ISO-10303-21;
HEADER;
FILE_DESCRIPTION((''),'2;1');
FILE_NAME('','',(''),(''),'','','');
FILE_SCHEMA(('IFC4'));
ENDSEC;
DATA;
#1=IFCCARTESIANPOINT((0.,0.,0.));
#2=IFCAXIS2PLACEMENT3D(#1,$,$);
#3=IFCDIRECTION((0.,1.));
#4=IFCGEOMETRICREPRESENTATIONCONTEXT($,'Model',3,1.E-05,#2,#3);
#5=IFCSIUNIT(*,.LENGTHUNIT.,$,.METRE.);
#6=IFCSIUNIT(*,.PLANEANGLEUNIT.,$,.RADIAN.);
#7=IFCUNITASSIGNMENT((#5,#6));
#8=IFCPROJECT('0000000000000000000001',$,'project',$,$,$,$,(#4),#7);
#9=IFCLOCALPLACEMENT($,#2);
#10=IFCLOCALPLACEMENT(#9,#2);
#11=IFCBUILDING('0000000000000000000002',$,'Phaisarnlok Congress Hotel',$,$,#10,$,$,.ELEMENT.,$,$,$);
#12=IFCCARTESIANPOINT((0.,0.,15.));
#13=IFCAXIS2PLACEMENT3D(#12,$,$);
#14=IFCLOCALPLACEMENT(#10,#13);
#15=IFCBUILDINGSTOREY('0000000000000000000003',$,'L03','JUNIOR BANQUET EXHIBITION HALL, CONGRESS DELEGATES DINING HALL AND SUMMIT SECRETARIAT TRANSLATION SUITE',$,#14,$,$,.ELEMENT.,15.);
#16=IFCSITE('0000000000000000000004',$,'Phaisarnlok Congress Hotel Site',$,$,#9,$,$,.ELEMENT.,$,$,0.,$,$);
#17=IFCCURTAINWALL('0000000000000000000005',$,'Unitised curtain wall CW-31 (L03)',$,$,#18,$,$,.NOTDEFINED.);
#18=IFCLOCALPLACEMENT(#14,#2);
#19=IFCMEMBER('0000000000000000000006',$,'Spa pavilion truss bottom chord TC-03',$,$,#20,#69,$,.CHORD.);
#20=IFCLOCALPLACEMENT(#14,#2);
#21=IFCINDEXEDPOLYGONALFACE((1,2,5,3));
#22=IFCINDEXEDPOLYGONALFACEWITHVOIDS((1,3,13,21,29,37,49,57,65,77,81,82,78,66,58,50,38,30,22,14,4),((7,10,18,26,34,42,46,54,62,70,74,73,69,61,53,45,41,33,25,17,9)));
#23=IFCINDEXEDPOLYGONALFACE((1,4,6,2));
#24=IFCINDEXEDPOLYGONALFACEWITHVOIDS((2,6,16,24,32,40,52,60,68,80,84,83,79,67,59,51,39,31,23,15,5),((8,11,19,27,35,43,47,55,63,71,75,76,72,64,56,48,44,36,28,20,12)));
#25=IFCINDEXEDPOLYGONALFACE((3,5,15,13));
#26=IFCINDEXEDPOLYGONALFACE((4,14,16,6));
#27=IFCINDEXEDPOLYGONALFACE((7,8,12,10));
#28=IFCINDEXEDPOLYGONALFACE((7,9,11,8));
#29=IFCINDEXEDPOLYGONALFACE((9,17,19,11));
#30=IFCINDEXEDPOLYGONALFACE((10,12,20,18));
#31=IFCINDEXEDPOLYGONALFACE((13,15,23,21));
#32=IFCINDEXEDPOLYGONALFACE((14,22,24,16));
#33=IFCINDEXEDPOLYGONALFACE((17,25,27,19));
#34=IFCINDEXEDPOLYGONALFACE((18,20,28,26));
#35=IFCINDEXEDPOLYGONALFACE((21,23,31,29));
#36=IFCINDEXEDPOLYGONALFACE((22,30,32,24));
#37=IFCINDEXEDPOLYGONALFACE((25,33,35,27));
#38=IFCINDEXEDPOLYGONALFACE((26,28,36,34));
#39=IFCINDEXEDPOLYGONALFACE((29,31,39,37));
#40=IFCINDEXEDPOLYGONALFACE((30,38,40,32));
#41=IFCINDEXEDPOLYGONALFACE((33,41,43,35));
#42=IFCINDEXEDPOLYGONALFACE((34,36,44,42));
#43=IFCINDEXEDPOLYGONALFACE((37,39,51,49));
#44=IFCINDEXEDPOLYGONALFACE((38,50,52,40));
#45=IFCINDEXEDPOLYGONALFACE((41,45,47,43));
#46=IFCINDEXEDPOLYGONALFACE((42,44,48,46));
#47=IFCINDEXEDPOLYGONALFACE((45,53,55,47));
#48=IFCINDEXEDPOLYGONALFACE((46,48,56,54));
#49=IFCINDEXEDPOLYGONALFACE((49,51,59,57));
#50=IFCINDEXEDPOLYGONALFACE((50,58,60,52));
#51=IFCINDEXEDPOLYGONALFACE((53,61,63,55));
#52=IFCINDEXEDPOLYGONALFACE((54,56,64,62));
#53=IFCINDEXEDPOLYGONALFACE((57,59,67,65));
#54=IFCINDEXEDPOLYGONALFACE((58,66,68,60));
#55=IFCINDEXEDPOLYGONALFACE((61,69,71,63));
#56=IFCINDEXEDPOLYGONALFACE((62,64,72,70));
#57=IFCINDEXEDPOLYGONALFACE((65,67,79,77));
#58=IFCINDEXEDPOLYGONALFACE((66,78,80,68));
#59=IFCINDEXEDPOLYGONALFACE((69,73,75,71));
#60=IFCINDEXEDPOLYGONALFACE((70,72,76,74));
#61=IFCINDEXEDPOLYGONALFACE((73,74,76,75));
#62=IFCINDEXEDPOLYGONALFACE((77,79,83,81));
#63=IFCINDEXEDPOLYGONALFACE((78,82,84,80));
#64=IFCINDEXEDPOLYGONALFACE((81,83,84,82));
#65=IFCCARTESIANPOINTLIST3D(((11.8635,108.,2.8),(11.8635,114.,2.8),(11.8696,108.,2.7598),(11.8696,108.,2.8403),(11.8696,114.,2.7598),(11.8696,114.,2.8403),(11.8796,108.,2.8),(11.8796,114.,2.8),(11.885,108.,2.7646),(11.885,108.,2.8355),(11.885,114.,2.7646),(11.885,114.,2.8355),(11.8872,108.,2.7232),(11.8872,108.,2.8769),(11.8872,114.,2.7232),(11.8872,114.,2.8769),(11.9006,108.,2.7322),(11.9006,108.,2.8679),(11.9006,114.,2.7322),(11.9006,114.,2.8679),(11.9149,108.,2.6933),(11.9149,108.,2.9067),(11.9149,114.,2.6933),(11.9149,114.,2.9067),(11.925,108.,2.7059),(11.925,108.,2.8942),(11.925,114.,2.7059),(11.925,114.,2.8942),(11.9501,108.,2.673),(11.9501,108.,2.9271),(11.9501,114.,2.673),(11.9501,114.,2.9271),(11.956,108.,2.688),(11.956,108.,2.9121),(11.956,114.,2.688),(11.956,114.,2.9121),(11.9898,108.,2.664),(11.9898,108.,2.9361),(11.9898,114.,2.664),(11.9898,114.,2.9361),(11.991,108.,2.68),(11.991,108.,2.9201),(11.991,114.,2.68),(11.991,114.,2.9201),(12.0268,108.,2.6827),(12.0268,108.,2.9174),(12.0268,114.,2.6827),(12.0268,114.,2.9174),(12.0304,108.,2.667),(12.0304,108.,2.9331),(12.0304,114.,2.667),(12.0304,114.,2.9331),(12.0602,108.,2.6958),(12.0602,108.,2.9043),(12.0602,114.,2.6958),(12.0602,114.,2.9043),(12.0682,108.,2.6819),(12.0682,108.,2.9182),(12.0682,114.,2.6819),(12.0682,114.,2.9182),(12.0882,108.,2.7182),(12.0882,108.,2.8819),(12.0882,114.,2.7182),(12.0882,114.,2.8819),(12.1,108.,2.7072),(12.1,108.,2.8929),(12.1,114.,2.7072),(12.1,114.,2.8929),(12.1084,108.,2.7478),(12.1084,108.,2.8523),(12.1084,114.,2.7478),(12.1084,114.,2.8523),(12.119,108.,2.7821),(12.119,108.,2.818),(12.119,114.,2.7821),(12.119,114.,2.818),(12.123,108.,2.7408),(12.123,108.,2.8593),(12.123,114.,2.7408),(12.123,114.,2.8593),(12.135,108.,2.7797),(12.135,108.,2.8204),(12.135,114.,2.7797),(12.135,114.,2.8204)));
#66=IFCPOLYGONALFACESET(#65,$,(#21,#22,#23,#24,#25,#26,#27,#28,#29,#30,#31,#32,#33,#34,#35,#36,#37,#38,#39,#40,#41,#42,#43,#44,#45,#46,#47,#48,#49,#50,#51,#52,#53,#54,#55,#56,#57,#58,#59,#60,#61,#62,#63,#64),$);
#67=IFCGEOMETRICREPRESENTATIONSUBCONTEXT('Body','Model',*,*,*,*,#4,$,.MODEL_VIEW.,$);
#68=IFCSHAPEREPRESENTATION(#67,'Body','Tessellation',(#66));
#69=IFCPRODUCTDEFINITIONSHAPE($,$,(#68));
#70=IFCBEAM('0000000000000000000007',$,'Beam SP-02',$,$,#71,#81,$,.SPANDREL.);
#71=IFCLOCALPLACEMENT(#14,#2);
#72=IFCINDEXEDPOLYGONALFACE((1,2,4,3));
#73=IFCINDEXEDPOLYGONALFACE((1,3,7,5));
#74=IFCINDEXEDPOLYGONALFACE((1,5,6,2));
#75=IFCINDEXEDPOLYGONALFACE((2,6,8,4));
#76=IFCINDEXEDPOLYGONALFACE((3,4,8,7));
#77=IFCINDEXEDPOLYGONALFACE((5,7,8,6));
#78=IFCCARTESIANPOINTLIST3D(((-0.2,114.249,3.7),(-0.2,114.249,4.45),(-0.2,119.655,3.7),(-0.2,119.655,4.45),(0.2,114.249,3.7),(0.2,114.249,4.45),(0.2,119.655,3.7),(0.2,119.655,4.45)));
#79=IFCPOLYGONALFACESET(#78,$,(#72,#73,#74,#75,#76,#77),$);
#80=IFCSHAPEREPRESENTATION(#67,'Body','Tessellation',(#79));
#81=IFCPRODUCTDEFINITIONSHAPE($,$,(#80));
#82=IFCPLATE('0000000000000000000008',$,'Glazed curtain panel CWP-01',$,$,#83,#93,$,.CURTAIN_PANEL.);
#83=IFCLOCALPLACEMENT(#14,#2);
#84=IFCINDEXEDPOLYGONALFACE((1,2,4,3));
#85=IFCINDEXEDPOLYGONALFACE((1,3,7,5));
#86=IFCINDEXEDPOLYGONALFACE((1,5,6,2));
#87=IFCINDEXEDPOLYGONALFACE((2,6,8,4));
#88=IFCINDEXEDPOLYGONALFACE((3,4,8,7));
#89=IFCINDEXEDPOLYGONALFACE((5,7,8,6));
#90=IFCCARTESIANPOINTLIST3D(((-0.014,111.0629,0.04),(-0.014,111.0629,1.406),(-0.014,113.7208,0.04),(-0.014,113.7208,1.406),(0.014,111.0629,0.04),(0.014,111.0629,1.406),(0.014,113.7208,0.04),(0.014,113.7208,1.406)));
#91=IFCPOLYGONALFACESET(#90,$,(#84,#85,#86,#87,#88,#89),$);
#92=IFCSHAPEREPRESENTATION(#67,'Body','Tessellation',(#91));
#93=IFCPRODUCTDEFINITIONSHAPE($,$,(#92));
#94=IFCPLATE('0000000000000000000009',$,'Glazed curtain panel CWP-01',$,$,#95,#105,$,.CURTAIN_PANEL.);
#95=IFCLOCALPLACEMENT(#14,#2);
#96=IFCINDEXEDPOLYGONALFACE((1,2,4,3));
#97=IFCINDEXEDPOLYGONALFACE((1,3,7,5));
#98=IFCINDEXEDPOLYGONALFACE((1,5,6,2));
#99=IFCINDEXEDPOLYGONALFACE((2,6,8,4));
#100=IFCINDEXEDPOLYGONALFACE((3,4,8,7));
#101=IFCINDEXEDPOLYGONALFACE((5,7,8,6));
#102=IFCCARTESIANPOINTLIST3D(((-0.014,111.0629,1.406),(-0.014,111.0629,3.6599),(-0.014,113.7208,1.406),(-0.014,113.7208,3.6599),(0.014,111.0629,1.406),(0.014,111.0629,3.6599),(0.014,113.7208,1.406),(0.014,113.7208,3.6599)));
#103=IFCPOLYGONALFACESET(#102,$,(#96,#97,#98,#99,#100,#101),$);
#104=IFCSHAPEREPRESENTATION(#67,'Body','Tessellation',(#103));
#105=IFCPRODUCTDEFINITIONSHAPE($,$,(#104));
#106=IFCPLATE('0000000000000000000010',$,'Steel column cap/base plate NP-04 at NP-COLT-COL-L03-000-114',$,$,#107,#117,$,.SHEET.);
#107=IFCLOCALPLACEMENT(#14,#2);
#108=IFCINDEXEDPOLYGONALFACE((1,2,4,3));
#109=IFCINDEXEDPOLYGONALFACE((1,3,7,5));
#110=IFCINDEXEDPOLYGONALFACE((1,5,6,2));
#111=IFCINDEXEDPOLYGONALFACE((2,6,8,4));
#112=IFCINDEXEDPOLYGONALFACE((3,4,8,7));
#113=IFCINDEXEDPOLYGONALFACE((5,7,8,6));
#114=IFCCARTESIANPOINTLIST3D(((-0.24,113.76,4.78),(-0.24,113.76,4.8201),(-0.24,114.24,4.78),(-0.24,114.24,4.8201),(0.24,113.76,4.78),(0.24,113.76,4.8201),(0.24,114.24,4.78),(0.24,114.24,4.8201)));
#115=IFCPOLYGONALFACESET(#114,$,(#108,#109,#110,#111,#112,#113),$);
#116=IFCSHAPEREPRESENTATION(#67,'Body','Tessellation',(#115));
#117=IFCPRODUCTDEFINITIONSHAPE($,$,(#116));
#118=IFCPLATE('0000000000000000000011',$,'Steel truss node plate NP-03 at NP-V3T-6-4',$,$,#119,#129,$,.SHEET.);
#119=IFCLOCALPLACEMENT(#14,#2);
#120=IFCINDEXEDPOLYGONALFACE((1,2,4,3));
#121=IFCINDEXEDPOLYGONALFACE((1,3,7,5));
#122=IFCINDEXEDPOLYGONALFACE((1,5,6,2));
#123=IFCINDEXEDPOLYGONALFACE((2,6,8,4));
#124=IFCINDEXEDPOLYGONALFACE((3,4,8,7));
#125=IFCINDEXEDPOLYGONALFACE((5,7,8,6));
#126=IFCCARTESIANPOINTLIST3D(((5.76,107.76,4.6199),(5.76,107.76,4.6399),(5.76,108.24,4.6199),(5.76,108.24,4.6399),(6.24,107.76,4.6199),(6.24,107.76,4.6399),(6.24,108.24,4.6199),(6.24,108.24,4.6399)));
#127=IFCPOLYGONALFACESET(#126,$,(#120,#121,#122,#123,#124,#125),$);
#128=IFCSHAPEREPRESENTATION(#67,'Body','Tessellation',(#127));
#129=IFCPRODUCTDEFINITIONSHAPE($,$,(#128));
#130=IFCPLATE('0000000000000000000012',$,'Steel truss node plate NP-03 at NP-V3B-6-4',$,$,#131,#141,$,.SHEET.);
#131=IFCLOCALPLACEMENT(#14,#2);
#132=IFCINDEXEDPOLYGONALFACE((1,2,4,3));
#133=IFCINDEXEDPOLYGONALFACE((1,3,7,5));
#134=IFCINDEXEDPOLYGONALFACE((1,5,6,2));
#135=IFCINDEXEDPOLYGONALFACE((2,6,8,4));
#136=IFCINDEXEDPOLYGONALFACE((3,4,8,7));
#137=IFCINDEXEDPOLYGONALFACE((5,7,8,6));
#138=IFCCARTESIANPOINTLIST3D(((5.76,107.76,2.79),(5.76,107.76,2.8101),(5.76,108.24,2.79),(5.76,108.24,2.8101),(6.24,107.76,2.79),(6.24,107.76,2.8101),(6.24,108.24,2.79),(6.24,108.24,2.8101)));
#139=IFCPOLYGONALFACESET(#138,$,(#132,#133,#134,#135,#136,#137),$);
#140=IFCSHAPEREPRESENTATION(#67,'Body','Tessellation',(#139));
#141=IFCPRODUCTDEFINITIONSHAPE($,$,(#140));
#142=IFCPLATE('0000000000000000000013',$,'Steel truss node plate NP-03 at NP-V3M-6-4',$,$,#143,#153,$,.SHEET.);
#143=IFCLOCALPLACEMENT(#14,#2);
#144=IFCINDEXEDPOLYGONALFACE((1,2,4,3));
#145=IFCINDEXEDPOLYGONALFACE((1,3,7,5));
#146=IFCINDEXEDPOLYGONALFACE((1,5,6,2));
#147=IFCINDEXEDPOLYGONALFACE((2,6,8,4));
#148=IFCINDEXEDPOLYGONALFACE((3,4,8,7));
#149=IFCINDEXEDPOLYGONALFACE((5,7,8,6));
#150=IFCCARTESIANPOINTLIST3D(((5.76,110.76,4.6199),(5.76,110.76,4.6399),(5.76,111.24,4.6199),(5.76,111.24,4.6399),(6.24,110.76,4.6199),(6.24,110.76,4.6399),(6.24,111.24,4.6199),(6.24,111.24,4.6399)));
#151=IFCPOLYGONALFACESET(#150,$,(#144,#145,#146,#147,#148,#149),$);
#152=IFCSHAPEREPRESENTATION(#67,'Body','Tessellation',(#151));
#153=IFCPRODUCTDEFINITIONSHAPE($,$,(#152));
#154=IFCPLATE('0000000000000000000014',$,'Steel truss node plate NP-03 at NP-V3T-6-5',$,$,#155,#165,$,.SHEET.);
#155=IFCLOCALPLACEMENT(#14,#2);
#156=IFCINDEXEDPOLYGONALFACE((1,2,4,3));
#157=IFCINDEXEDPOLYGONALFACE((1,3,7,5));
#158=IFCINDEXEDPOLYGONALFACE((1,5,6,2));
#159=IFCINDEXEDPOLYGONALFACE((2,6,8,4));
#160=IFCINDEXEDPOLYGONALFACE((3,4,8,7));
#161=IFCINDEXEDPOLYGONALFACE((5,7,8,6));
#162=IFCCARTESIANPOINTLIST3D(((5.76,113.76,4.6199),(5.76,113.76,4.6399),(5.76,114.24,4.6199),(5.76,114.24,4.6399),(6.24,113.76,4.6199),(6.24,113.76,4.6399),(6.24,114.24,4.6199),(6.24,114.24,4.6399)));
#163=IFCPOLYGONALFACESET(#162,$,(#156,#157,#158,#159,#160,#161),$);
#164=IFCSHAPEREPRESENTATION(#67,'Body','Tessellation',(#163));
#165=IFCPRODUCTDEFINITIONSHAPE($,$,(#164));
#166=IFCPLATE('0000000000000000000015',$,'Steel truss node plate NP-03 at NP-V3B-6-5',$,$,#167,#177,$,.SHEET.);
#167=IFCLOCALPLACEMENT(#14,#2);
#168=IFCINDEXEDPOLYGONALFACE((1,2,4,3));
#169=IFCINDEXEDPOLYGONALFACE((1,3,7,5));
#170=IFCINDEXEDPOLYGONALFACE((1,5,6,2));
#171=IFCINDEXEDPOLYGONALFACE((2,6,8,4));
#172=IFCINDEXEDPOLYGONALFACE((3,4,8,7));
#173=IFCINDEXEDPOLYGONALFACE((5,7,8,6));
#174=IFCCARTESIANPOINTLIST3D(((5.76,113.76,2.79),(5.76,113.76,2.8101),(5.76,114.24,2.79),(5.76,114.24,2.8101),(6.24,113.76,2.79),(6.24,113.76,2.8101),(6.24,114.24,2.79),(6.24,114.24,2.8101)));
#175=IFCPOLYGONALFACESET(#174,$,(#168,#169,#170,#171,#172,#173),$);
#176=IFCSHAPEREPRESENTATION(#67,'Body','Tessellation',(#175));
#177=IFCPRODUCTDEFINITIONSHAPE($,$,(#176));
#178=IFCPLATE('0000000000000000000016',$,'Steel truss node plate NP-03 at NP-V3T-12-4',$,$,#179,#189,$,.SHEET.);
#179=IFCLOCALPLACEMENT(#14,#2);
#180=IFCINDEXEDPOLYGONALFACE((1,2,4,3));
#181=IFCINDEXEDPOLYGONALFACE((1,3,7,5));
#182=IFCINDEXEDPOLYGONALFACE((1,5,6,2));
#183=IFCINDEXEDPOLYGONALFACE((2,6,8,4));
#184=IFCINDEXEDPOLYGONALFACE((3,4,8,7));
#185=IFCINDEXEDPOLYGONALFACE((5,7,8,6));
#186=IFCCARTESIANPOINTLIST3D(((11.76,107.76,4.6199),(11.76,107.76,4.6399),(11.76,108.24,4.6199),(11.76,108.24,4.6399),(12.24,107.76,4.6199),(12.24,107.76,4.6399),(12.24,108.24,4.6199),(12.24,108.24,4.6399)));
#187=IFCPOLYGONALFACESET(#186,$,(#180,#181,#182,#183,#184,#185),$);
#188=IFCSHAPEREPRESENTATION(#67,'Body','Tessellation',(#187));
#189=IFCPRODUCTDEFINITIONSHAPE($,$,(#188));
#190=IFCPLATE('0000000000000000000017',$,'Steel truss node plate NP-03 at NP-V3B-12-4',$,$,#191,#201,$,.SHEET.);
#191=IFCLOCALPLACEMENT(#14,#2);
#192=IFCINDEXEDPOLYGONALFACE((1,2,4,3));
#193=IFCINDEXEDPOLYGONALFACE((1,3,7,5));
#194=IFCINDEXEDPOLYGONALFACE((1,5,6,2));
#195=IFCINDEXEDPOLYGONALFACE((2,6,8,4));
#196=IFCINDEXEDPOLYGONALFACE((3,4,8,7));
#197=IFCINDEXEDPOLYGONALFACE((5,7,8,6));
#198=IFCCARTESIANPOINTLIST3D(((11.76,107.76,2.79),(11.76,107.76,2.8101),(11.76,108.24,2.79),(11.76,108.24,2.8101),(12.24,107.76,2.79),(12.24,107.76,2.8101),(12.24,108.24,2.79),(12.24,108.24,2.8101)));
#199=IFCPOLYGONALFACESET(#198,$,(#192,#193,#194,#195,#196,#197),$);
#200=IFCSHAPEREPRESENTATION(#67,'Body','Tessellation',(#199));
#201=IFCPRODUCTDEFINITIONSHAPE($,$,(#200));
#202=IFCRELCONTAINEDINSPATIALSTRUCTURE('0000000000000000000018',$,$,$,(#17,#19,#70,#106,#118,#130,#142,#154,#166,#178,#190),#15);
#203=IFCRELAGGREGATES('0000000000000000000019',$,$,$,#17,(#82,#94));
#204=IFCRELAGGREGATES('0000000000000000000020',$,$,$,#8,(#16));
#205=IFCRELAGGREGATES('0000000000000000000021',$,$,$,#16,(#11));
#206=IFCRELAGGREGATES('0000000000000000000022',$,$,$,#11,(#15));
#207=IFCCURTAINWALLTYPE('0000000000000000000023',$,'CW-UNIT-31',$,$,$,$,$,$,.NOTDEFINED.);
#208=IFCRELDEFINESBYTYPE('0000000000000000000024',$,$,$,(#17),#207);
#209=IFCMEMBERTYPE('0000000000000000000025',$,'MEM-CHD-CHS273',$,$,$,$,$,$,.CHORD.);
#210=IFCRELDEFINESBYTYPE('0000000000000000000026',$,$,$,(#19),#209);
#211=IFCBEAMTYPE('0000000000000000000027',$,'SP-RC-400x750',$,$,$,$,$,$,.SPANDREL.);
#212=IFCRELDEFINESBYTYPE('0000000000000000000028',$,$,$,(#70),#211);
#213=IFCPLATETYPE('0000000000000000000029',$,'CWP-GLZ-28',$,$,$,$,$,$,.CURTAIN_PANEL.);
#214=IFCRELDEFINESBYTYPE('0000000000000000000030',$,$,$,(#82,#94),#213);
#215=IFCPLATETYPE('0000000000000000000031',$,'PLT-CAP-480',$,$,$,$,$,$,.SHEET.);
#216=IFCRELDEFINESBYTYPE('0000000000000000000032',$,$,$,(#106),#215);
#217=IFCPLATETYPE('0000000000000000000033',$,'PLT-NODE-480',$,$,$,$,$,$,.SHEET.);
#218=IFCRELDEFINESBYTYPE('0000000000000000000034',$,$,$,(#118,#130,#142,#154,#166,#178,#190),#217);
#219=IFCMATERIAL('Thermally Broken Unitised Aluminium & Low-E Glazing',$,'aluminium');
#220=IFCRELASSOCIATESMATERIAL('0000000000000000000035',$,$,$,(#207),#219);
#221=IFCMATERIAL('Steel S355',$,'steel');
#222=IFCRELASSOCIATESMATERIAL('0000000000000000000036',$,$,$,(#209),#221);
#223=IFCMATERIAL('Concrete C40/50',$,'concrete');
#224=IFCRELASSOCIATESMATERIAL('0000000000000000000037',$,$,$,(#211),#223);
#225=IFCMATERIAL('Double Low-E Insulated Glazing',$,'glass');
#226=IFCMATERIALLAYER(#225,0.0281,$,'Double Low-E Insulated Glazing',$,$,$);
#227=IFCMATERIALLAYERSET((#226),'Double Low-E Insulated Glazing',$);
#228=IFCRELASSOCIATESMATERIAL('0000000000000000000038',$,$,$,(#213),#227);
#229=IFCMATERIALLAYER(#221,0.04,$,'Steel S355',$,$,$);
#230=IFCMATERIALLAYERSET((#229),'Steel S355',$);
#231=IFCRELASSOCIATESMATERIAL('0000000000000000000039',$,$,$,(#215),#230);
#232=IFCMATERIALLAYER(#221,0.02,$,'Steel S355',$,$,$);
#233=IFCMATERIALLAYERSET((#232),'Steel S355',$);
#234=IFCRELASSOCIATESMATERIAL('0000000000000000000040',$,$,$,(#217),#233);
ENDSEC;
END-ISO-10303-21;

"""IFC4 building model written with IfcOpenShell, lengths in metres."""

from ifc_helpers import new_model, si_unit, direction, frame, frame_2d, origin, origin_2d, place, context, subcontext, project, spatial, rectangle, hollow_circle, extrude, material, layer, layer_set, material_profile, profile_set, type_object, element, aggregate, save


model = new_model("IFC4")

# Units and contexts
model_context = context("Model", 3, precision=1e-05, world=origin(), true_north=direction((0.0, 1.0)))
body_context = subcontext(model_context, "Body", "Model", "MODEL_VIEW")
ifc_project = project(units=[si_unit("LENGTHUNIT", "METRE"), si_unit("PLANEANGLEUNIT", "RADIAN")], contexts=[model_context])

# Site, building, storey
site_placement = place(None, origin())
site = spatial("IfcSite", under=ifc_project, at=site_placement, Name="Phaisarnlok Congress Hotel Site", CompositionType="ELEMENT", RefElevation=0.0)
building_placement = place(site_placement, origin())
building = spatial("IfcBuilding", under=site, at=building_placement, Name="Phaisarnlok Congress Hotel", CompositionType="ELEMENT")
storey_placement = place(building_placement, frame((0.0, 0.0, 15.0)))
storey = spatial("IfcBuildingStorey", under=building, at=storey_placement, Name="L03", Description="JUNIOR BANQUET EXHIBITION HALL, CONGRESS DELEGATES DINING HALL AND SUMMIT SECRETARIAT TRANSLATION SUITE", CompositionType="ELEMENT", Elevation=15.0)

# Shared definitions
ifc_material_1 = material(Name="Steel S355", Category="steel")

# Curtain wall
ifc_material_2 = material(Name="Thermally Broken Unitised Aluminium & Low-E Glazing", Category="aluminium")
curtain_wall_type = type_object("IfcCurtainWallType", Name="CW-UNIT-31", PredefinedType="NOTDEFINED", material=ifc_material_2)
curtain_wall_placement = place(storey_placement, origin())
curtain_wall = element("IfcCurtainWall", 1, at=curtain_wall_placement, inside=storey, type_object=curtain_wall_type, Name="Unitised curtain wall CW-31 (L03)", PredefinedType="NOTDEFINED")

# Member
ifc_material_profile_1 = material_profile(ifc_material_1, hollow_circle(Radius=0.1365, WallThickness=0.0161, at=origin_2d()), Name="CHS 273x16")
ifc_profile_set_1 = profile_set([ifc_material_profile_1], Name="Steel S355")
member_type_1 = type_object("IfcMemberType", Name="MEM-CHD-CHS273", PredefinedType="CHORD", material=ifc_profile_set_1)
for number, where, z_axis, x_axis, name in (
    (2, (12.0, 108.0, 2.8), (0.0, 1.0, 0.0), (-1.0, 0.0, 0.0), "Spa pavilion truss bottom chord TC-03"),
):
    element("IfcMember", number, at=place(storey_placement, frame(where, z_axis=z_axis, x_axis=x_axis)), inside=storey, type_object=member_type_1, Name=name, PredefinedType="CHORD", context=body_context, shape_type="SweptSolid", body=[
        extrude(hollow_circle(Radius=0.1365, WallThickness=0.0161, at=origin_2d()), origin(), (0.0, 0.0, 1.0), 6.0),
    ])

# Beam
ifc_material_3 = material(Name="Concrete C40/50", Category="concrete")
ifc_material_profile_2 = material_profile(ifc_material_3, rectangle(XDim=0.3999, YDim=0.75, at=origin_2d()), Name="RC 400x750")
ifc_profile_set_2 = profile_set([ifc_material_profile_2], Name="Concrete C40/50")
beam_type = type_object("IfcBeamType", Name="SP-RC-400x750", PredefinedType="SPANDREL", material=ifc_profile_set_2)
beam_placement = place(storey_placement, frame((0.0, 114.249, 4.075), z_axis=(0.0, 1.0, 0.0), x_axis=(-1.0, 0.0, 0.0)))
element("IfcBeam", 3, at=beam_placement, inside=storey, type_object=beam_type, Name="Beam SP-02", PredefinedType="SPANDREL", context=body_context, shape_type="SweptSolid", body=[
    extrude(rectangle(XDim=0.3999, YDim=0.75, at=origin_2d()), origin(), (0.0, 0.0, 1.0), 5.406),
])

# Plates
ifc_material_4 = material(Name="Double Low-E Insulated Glazing", Category="glass")
ifc_layer_1 = layer(ifc_material_4, 0.0281, Name="Double Low-E Insulated Glazing")
ifc_layer_set_1 = layer_set([ifc_layer_1], Name="Double Low-E Insulated Glazing")
plate_type_1 = type_object("IfcPlateType", Name="CWP-GLZ-28", PredefinedType="CURTAIN_PANEL", material=ifc_layer_set_1)
plate_1_placement = place(storey_placement, frame((0.0, 113.7209, 0.04), z_axis=(0.0, 0.0, 1.0), x_axis=(0.0, -1.0, 0.0)))
plate_1 = element("IfcPlate", 4, at=plate_1_placement, type_object=plate_type_1, Name="Glazed curtain panel CWP-01", PredefinedType="CURTAIN_PANEL", context=body_context, shape_type="SweptSolid", body=[
    extrude(rectangle(XDim=2.658, YDim=0.0281, at=frame_2d((1.3291, 0.0))), origin(), (0.0, 0.0, 1.0), 1.366),
])
plate_2_placement = place(storey_placement, frame((0.0, 113.7209, 1.406), z_axis=(0.0, 0.0, 1.0), x_axis=(0.0, -1.0, 0.0)))
plate_2 = element("IfcPlate", 5, at=plate_2_placement, type_object=plate_type_1, Name="Glazed curtain panel CWP-01", PredefinedType="CURTAIN_PANEL", context=body_context, shape_type="SweptSolid", body=[
    extrude(rectangle(XDim=2.658, YDim=0.0281, at=frame_2d((1.3291, 0.0))), origin(), (0.0, 0.0, 1.0), 2.2539),
])
aggregate(curtain_wall, [plate_1, plate_2])

# Plates
ifc_layer_2 = layer(ifc_material_1, 0.04, Name="Steel S355")
ifc_layer_set_2 = layer_set([ifc_layer_2], Name="Steel S355")
plate_type_2 = type_object("IfcPlateType", Name="PLT-CAP-480", PredefinedType="SHEET", material=ifc_layer_set_2)
plate_3_placement = place(storey_placement, frame((0.0, 114.0, 4.78), z_axis=(0.0, 0.0, 1.0), x_axis=(1.0, 0.0, 0.0)))
element("IfcPlate", 6, at=plate_3_placement, inside=storey, type_object=plate_type_2, Name="Steel column cap/base plate NP-04 at NP-COLT-COL-L03-000-114", PredefinedType="SHEET", context=body_context, shape_type="SweptSolid", body=[
    extrude(rectangle(XDim=0.48, YDim=0.48, at=origin_2d()), origin(), (0.0, 0.0, 1.0), 0.04),
])
ifc_layer_3 = layer(ifc_material_1, 0.02, Name="Steel S355")
ifc_layer_set_3 = layer_set([ifc_layer_3], Name="Steel S355")
plate_type_3 = type_object("IfcPlateType", Name="PLT-NODE-480", PredefinedType="SHEET", material=ifc_layer_set_3)
for number, where, z_axis, x_axis, name in (
    (7, (6.0, 108.0, 4.6199), (0.0, 0.0, 1.0), (1.0, 0.0, 0.0), "Steel truss node plate NP-03 at NP-V3T-6-4"),
    (8, (6.0, 108.0, 2.79), (0.0, 0.0, 1.0), (1.0, 0.0, 0.0), "Steel truss node plate NP-03 at NP-V3B-6-4"),
    (9, (6.0, 111.0, 4.6199), (0.0, 0.0, 1.0), (1.0, 0.0, 0.0), "Steel truss node plate NP-03 at NP-V3M-6-4"),
    (10, (6.0, 114.0, 4.6199), (0.0, 0.0, 1.0), (1.0, 0.0, 0.0), "Steel truss node plate NP-03 at NP-V3T-6-5"),
    (11, (6.0, 114.0, 2.79), (0.0, 0.0, 1.0), (1.0, 0.0, 0.0), "Steel truss node plate NP-03 at NP-V3B-6-5"),
    (12, (12.0, 108.0, 4.6199), (0.0, 0.0, 1.0), (1.0, 0.0, 0.0), "Steel truss node plate NP-03 at NP-V3T-12-4"),
    (13, (12.0, 108.0, 2.79), (0.0, 0.0, 1.0), (1.0, 0.0, 0.0), "Steel truss node plate NP-03 at NP-V3B-12-4"),
):
    element("IfcPlate", number, at=place(storey_placement, frame(where, z_axis=z_axis, x_axis=x_axis)), inside=storey, type_object=plate_type_3, Name=name, PredefinedType="SHEET", context=body_context, shape_type="SweptSolid", body=[
        extrude(rectangle(XDim=0.48, YDim=0.48, at=origin_2d()), origin(), (0.0, 0.0, 1.0), 0.02),
    ])

save(model, "model.ifc")
